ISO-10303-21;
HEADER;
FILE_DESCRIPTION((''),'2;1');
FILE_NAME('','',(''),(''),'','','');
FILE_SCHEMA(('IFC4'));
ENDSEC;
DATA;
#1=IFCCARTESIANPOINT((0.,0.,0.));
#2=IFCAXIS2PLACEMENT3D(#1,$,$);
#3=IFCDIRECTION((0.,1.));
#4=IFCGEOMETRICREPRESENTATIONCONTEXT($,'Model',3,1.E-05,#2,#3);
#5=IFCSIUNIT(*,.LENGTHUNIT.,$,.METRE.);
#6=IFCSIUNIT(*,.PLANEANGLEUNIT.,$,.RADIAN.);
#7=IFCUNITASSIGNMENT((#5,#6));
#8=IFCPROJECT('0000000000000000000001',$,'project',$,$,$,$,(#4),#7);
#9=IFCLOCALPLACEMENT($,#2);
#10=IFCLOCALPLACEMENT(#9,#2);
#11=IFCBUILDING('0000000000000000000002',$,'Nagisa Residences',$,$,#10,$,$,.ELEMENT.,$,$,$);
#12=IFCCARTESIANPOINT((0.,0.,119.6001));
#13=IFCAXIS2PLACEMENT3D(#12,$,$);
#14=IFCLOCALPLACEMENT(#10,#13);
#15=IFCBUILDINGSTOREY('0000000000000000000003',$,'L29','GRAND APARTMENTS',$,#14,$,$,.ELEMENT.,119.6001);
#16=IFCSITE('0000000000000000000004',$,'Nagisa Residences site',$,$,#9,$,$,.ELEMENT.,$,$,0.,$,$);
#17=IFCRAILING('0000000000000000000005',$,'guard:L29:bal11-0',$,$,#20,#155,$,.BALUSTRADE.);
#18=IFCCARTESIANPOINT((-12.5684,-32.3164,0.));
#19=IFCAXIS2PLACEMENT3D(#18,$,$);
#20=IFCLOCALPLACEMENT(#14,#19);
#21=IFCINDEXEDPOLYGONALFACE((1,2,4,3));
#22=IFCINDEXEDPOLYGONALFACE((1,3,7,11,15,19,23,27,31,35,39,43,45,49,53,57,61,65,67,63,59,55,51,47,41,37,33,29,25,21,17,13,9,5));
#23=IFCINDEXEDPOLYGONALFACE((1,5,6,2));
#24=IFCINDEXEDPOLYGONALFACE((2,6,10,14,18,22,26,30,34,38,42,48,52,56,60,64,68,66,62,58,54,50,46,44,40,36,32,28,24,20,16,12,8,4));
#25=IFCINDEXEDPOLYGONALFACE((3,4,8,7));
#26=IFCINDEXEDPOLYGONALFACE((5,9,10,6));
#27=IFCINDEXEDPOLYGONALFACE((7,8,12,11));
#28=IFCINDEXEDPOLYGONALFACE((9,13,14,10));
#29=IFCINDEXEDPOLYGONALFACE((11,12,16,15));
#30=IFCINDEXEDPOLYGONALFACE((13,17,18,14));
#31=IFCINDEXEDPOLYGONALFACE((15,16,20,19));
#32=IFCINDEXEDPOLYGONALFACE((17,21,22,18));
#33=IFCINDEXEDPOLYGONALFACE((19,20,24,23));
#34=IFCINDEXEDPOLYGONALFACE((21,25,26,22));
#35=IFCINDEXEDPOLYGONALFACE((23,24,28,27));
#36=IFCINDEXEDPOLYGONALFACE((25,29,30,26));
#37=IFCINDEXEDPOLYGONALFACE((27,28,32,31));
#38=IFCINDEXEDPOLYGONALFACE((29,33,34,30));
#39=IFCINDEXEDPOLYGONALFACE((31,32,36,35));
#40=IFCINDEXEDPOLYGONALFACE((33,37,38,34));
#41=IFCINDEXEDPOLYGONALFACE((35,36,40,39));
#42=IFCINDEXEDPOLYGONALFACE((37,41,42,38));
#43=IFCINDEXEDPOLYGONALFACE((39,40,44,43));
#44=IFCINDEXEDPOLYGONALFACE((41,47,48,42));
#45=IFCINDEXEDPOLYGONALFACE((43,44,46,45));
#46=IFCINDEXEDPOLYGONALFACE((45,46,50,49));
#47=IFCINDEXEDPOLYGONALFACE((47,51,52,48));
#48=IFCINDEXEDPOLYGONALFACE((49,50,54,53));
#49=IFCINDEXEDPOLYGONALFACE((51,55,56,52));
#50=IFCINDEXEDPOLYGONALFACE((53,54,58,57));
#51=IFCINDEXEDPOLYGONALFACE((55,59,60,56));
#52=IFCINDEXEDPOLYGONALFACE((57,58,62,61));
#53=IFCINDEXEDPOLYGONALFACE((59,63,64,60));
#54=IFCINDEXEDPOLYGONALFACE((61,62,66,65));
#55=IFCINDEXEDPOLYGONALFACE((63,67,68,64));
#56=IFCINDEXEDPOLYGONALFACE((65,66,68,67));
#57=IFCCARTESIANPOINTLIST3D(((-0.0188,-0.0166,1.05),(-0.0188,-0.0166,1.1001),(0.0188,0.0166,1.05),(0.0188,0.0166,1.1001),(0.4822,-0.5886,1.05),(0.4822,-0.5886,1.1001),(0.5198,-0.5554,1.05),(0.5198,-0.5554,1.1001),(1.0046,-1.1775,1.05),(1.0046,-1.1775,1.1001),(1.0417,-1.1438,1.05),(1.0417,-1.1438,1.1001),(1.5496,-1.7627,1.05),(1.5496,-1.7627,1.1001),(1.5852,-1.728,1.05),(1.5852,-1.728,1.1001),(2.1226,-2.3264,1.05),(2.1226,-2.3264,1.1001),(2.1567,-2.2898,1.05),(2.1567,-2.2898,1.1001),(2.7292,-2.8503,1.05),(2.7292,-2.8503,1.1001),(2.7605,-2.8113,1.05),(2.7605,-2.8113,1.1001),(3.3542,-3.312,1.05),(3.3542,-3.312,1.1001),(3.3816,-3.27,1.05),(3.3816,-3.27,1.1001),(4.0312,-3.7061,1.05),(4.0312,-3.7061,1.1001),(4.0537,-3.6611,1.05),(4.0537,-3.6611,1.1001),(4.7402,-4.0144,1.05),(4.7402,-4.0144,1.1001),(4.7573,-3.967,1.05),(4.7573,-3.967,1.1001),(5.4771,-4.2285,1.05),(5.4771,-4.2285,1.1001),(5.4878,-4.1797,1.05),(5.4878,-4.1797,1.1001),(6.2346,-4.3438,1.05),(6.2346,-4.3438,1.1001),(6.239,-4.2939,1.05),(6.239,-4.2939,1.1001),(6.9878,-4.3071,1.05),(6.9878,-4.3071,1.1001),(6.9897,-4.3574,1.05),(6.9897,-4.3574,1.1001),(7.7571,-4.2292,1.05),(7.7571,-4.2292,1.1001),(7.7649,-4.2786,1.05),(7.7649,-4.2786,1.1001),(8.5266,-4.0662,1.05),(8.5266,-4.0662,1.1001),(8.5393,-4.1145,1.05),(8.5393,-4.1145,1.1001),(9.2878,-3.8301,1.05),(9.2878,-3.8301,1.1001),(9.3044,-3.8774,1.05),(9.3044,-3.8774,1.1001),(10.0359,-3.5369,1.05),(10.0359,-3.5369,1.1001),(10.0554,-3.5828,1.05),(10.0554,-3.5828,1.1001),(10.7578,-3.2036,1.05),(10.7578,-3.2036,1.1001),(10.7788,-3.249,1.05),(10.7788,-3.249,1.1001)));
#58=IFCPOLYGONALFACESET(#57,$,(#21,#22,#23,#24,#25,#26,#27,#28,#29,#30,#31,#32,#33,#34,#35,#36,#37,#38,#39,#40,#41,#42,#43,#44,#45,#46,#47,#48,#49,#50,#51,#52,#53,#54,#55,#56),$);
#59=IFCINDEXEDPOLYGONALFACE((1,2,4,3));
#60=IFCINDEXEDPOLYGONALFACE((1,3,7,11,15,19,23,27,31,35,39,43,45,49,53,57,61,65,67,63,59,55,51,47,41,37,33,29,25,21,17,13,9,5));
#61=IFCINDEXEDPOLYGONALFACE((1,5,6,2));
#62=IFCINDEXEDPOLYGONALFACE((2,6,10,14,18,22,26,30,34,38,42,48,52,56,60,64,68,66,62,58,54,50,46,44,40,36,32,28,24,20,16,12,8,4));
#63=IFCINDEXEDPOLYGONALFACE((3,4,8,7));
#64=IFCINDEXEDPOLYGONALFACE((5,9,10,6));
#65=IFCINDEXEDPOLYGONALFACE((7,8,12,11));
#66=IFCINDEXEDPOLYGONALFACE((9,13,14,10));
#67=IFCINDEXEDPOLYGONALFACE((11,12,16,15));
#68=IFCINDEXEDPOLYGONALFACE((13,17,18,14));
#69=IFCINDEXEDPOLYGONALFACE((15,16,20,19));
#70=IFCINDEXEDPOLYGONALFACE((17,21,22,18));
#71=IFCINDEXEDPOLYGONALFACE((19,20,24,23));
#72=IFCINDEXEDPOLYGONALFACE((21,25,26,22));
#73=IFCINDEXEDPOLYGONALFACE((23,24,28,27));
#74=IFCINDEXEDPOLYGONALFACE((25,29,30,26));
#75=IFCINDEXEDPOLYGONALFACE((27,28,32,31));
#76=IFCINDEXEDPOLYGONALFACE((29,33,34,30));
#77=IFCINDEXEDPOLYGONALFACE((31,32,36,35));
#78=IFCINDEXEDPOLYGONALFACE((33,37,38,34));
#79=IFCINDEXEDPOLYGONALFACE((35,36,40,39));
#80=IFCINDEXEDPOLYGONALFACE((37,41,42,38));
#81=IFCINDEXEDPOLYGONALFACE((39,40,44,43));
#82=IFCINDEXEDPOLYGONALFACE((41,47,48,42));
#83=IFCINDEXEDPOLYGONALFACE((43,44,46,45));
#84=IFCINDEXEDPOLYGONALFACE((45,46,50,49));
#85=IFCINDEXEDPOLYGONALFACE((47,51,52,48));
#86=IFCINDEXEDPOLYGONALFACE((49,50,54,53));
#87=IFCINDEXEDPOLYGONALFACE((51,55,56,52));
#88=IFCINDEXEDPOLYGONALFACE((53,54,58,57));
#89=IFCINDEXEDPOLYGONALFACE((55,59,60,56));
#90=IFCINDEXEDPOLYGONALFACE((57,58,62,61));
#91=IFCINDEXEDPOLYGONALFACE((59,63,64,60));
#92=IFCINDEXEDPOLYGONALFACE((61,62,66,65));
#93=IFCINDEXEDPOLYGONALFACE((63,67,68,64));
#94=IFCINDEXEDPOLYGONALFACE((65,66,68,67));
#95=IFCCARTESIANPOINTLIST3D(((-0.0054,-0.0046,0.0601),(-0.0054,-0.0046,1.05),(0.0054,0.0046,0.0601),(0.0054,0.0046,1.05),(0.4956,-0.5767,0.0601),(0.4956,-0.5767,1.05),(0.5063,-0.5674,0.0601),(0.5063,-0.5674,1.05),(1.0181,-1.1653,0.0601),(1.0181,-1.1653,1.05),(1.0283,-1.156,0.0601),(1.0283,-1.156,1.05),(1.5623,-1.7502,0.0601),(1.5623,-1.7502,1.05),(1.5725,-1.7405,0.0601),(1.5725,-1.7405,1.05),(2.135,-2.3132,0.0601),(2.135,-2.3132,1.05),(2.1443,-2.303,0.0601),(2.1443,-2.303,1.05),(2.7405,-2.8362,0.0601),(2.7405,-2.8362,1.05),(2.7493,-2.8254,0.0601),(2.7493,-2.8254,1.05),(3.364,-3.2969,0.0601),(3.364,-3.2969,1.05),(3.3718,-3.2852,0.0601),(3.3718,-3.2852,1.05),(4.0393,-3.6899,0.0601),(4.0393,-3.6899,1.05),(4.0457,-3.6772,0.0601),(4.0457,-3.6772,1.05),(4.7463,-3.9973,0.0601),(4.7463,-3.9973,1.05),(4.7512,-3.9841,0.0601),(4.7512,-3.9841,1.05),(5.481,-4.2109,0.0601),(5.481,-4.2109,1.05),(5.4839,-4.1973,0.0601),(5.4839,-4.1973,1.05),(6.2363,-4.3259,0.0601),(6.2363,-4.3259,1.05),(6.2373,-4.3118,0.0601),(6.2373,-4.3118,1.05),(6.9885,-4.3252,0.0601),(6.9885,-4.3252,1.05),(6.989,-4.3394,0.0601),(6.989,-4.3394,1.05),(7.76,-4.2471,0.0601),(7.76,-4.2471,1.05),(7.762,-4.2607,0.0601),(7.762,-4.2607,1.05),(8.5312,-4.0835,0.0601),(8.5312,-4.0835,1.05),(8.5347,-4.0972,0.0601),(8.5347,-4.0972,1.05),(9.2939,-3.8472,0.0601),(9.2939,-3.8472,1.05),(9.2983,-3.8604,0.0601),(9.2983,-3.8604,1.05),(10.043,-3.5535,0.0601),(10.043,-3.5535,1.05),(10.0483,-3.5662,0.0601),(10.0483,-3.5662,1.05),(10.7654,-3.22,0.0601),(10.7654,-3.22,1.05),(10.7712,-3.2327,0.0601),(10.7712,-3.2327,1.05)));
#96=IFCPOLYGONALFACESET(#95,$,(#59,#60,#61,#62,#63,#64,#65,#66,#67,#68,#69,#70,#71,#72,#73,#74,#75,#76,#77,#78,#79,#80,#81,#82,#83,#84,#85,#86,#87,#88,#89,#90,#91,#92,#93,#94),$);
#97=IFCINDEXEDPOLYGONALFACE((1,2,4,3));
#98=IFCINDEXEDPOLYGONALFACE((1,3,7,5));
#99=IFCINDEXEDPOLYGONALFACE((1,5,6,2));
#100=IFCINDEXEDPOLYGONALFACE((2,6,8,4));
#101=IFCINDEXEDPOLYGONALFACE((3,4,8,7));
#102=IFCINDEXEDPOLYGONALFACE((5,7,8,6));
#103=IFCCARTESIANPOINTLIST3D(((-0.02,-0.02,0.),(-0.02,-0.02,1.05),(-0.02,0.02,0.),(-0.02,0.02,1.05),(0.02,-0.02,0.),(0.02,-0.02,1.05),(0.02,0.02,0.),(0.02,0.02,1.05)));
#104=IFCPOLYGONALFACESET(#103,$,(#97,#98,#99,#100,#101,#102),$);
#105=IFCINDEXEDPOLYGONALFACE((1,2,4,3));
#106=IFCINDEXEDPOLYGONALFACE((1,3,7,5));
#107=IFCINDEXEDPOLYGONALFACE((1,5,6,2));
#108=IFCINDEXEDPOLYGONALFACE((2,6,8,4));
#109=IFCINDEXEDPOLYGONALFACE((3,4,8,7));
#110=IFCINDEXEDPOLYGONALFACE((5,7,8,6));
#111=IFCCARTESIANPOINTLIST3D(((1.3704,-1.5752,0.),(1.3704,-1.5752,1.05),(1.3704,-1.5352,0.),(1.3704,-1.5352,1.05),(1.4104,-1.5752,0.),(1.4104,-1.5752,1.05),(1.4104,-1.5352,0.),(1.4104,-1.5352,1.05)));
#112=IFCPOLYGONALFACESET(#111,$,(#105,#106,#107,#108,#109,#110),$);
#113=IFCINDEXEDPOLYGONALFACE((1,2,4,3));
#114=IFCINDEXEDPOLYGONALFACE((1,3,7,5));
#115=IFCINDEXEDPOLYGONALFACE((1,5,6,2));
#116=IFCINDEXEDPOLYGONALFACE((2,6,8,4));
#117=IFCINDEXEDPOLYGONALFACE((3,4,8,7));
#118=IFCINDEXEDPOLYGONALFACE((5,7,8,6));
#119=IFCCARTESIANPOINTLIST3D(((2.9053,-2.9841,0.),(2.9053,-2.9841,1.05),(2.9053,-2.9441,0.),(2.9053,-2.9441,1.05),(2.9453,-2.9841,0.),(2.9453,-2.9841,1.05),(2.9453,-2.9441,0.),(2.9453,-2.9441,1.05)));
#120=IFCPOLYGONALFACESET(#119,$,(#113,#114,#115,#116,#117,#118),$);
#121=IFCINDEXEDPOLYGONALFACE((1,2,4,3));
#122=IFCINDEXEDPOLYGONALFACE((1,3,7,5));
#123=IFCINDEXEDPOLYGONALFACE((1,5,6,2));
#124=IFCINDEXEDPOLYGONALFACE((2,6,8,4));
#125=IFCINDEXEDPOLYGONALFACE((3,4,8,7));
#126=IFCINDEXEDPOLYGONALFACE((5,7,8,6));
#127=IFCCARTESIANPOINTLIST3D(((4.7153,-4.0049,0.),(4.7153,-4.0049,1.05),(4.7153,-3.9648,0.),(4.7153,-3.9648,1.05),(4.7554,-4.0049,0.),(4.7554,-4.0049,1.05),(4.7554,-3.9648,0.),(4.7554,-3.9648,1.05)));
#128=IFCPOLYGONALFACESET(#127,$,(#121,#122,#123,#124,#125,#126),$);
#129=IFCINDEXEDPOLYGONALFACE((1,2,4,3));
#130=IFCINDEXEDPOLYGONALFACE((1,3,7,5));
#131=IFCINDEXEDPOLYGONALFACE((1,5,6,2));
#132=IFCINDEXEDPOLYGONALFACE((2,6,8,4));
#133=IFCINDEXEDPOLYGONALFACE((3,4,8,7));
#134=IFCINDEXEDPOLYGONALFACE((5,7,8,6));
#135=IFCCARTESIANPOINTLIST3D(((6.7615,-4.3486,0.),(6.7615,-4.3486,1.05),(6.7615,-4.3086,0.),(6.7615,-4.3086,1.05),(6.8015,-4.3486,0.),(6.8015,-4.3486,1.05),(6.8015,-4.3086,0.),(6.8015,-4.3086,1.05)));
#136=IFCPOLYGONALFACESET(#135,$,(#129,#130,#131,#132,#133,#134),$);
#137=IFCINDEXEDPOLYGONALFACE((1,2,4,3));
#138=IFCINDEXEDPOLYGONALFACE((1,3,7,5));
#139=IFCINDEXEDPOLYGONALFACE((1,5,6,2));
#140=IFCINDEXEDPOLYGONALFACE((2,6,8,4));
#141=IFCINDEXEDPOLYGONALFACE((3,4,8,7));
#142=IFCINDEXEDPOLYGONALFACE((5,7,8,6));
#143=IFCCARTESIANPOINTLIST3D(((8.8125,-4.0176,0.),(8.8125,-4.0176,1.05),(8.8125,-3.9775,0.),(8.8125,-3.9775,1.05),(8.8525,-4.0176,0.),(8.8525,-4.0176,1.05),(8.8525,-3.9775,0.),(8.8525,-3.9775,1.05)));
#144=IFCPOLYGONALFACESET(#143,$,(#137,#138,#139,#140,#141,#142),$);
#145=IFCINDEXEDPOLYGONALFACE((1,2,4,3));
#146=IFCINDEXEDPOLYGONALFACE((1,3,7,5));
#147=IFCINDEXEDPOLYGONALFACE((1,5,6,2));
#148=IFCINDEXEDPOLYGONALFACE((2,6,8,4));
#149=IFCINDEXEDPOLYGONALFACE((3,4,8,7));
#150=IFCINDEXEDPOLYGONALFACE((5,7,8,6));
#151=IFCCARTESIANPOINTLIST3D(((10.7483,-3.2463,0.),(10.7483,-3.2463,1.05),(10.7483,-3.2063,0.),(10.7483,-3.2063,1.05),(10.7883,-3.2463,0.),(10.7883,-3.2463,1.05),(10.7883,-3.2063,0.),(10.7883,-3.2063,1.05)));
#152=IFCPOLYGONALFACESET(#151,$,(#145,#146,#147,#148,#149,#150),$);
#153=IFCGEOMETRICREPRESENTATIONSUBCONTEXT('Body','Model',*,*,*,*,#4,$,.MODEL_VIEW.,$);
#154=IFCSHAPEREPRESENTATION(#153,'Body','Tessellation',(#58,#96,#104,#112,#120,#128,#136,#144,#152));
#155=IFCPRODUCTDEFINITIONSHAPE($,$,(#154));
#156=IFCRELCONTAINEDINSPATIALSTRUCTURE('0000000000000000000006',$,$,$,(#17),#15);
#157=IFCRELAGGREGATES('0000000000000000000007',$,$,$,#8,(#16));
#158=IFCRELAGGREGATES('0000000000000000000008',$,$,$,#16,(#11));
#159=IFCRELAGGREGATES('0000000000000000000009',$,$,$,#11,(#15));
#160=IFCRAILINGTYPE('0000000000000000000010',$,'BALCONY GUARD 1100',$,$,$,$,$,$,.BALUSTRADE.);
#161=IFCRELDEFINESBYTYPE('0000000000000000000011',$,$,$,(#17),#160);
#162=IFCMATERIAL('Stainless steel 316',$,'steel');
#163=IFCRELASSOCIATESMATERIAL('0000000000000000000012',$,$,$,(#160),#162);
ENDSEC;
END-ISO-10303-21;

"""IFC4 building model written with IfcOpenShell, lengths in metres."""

from ifc_helpers import new_model, si_unit, direction, frame, origin, origin_2d, place, context, subcontext, project, spatial, polyline, rectangle, outline, extrude, material, type_object, element, save


model = new_model("IFC4")

# Units and contexts
model_context = context("Model", 3, precision=1e-05, world=origin(), true_north=direction((0.0, 1.0)))
body_context = subcontext(model_context, "Body", "Model", "MODEL_VIEW")
ifc_project = project(units=[si_unit("LENGTHUNIT", "METRE"), si_unit("PLANEANGLEUNIT", "RADIAN")], contexts=[model_context])

# Site, building, storey
site_placement = place(None, origin())
site = spatial("IfcSite", under=ifc_project, at=site_placement, Name="Nagisa Residences site", CompositionType="ELEMENT", RefElevation=0.0)
building_placement = place(site_placement, origin())
building = spatial("IfcBuilding", under=site, at=building_placement, Name="Nagisa Residences", CompositionType="ELEMENT")
storey_placement = place(building_placement, frame((0.0, 0.0, 119.6001)))
storey = spatial("IfcBuildingStorey", under=building, at=storey_placement, Name="L29", Description="GRAND APARTMENTS", CompositionType="ELEMENT", Elevation=119.6001)

# Railing
ifc_material_1 = material(Name="Stainless steel 316", Category="steel")
railing_type = type_object("IfcRailingType", Name="BALCONY GUARD 1100", PredefinedType="BALUSTRADE", material=ifc_material_1)
railing_1_placement = place(storey_placement, frame((-12.5684, -32.3164, 0.0)))
element("IfcRailing", 1, at=railing_1_placement, inside=storey, type_object=railing_type, Name="guard:L29:bal11-0", PredefinedType="BALUSTRADE", context=body_context, shape_type="SweptSolid", body=[
    extrude(outline(polyline([(0.5198, -0.5554), (0.0188, 0.0166), (-0.0188, -0.0166), (0.4822, -0.5886), (1.0046, -1.1775), (1.5496, -1.7627), (2.1226, -2.3264), (2.7292, -2.8503), (3.3542, -3.312), (4.0312, -3.7061), (4.7402, -4.0144), (5.4771, -4.2285), (6.2346, -4.3438), (6.9897, -4.3574), (7.7649, -4.2786), (8.5393, -4.1145), (9.3044, -3.8774), (10.0554, -3.5828), (10.7788, -3.249), (10.7578, -3.2036), (10.0359, -3.5369), (9.2878, -3.8301), (8.5266, -4.0662), (7.7571, -4.2292), (6.9878, -4.3071), (6.239, -4.2939), (5.4878, -4.1797), (4.7573, -3.967), (4.0537, -3.6611), (3.3816, -3.27), (2.7605, -2.8113), (2.1567, -2.2898), (1.5852, -1.728), (1.0417, -1.1438), (0.5198, -0.5554)])), frame((0.0, 0.0, 1.05)), (0.0, 0.0, 1.0), 0.05),
    extrude(outline(polyline([(0.5063, -0.5674), (0.0054, 0.0046), (-0.0054, -0.0046), (0.4956, -0.5767), (1.0181, -1.1653), (1.5623, -1.7502), (2.135, -2.3132), (2.7405, -2.8362), (3.364, -3.2969), (4.0393, -3.6899), (4.7463, -3.9973), (5.481, -4.2109), (6.2363, -4.3259), (6.989, -4.3394), (7.762, -4.2607), (8.5347, -4.0972), (9.2983, -3.8604), (10.0483, -3.5662), (10.7712, -3.2327), (10.7654, -3.22), (10.043, -3.5535), (9.2939, -3.8472), (8.5312, -4.0835), (7.76, -4.2471), (6.9885, -4.3252), (6.2373, -4.3118), (5.4839, -4.1973), (4.7512, -3.9841), (4.0457, -3.6772), (3.3718, -3.2852), (2.7493, -2.8254), (2.1443, -2.303), (1.5725, -1.7405), (1.0283, -1.156), (0.5063, -0.5674)])), frame((0.0, 0.0, 0.0601)), (0.0, 0.0, 1.0), 0.99),
    extrude(rectangle(XDim=0.04, YDim=0.04, at=origin_2d()), origin(), (0.0, 0.0, 1.0), 1.05),
    extrude(rectangle(XDim=0.04, YDim=0.04, at=origin_2d()), frame((1.3904, -1.5552, 0.0)), (0.0, 0.0, 1.0), 1.05),
    extrude(rectangle(XDim=0.04, YDim=0.04, at=origin_2d()), frame((2.9253, -2.9641, 0.0)), (0.0, 0.0, 1.0), 1.05),
    extrude(rectangle(XDim=0.04, YDim=0.04, at=origin_2d()), frame((4.7354, -3.9849, 0.0)), (0.0, 0.0, 1.0), 1.05),
    extrude(rectangle(XDim=0.04, YDim=0.04, at=origin_2d()), frame((6.7815, -4.3286, 0.0)), (0.0, 0.0, 1.0), 1.05),
    extrude(rectangle(XDim=0.04, YDim=0.04, at=origin_2d()), frame((8.8325, -3.9976, 0.0)), (0.0, 0.0, 1.0), 1.05),
    extrude(rectangle(XDim=0.04, YDim=0.04, at=origin_2d()), frame((10.7683, -3.2263, 0.0)), (0.0, 0.0, 1.0), 1.05),
])

save(model, "model.ifc")
